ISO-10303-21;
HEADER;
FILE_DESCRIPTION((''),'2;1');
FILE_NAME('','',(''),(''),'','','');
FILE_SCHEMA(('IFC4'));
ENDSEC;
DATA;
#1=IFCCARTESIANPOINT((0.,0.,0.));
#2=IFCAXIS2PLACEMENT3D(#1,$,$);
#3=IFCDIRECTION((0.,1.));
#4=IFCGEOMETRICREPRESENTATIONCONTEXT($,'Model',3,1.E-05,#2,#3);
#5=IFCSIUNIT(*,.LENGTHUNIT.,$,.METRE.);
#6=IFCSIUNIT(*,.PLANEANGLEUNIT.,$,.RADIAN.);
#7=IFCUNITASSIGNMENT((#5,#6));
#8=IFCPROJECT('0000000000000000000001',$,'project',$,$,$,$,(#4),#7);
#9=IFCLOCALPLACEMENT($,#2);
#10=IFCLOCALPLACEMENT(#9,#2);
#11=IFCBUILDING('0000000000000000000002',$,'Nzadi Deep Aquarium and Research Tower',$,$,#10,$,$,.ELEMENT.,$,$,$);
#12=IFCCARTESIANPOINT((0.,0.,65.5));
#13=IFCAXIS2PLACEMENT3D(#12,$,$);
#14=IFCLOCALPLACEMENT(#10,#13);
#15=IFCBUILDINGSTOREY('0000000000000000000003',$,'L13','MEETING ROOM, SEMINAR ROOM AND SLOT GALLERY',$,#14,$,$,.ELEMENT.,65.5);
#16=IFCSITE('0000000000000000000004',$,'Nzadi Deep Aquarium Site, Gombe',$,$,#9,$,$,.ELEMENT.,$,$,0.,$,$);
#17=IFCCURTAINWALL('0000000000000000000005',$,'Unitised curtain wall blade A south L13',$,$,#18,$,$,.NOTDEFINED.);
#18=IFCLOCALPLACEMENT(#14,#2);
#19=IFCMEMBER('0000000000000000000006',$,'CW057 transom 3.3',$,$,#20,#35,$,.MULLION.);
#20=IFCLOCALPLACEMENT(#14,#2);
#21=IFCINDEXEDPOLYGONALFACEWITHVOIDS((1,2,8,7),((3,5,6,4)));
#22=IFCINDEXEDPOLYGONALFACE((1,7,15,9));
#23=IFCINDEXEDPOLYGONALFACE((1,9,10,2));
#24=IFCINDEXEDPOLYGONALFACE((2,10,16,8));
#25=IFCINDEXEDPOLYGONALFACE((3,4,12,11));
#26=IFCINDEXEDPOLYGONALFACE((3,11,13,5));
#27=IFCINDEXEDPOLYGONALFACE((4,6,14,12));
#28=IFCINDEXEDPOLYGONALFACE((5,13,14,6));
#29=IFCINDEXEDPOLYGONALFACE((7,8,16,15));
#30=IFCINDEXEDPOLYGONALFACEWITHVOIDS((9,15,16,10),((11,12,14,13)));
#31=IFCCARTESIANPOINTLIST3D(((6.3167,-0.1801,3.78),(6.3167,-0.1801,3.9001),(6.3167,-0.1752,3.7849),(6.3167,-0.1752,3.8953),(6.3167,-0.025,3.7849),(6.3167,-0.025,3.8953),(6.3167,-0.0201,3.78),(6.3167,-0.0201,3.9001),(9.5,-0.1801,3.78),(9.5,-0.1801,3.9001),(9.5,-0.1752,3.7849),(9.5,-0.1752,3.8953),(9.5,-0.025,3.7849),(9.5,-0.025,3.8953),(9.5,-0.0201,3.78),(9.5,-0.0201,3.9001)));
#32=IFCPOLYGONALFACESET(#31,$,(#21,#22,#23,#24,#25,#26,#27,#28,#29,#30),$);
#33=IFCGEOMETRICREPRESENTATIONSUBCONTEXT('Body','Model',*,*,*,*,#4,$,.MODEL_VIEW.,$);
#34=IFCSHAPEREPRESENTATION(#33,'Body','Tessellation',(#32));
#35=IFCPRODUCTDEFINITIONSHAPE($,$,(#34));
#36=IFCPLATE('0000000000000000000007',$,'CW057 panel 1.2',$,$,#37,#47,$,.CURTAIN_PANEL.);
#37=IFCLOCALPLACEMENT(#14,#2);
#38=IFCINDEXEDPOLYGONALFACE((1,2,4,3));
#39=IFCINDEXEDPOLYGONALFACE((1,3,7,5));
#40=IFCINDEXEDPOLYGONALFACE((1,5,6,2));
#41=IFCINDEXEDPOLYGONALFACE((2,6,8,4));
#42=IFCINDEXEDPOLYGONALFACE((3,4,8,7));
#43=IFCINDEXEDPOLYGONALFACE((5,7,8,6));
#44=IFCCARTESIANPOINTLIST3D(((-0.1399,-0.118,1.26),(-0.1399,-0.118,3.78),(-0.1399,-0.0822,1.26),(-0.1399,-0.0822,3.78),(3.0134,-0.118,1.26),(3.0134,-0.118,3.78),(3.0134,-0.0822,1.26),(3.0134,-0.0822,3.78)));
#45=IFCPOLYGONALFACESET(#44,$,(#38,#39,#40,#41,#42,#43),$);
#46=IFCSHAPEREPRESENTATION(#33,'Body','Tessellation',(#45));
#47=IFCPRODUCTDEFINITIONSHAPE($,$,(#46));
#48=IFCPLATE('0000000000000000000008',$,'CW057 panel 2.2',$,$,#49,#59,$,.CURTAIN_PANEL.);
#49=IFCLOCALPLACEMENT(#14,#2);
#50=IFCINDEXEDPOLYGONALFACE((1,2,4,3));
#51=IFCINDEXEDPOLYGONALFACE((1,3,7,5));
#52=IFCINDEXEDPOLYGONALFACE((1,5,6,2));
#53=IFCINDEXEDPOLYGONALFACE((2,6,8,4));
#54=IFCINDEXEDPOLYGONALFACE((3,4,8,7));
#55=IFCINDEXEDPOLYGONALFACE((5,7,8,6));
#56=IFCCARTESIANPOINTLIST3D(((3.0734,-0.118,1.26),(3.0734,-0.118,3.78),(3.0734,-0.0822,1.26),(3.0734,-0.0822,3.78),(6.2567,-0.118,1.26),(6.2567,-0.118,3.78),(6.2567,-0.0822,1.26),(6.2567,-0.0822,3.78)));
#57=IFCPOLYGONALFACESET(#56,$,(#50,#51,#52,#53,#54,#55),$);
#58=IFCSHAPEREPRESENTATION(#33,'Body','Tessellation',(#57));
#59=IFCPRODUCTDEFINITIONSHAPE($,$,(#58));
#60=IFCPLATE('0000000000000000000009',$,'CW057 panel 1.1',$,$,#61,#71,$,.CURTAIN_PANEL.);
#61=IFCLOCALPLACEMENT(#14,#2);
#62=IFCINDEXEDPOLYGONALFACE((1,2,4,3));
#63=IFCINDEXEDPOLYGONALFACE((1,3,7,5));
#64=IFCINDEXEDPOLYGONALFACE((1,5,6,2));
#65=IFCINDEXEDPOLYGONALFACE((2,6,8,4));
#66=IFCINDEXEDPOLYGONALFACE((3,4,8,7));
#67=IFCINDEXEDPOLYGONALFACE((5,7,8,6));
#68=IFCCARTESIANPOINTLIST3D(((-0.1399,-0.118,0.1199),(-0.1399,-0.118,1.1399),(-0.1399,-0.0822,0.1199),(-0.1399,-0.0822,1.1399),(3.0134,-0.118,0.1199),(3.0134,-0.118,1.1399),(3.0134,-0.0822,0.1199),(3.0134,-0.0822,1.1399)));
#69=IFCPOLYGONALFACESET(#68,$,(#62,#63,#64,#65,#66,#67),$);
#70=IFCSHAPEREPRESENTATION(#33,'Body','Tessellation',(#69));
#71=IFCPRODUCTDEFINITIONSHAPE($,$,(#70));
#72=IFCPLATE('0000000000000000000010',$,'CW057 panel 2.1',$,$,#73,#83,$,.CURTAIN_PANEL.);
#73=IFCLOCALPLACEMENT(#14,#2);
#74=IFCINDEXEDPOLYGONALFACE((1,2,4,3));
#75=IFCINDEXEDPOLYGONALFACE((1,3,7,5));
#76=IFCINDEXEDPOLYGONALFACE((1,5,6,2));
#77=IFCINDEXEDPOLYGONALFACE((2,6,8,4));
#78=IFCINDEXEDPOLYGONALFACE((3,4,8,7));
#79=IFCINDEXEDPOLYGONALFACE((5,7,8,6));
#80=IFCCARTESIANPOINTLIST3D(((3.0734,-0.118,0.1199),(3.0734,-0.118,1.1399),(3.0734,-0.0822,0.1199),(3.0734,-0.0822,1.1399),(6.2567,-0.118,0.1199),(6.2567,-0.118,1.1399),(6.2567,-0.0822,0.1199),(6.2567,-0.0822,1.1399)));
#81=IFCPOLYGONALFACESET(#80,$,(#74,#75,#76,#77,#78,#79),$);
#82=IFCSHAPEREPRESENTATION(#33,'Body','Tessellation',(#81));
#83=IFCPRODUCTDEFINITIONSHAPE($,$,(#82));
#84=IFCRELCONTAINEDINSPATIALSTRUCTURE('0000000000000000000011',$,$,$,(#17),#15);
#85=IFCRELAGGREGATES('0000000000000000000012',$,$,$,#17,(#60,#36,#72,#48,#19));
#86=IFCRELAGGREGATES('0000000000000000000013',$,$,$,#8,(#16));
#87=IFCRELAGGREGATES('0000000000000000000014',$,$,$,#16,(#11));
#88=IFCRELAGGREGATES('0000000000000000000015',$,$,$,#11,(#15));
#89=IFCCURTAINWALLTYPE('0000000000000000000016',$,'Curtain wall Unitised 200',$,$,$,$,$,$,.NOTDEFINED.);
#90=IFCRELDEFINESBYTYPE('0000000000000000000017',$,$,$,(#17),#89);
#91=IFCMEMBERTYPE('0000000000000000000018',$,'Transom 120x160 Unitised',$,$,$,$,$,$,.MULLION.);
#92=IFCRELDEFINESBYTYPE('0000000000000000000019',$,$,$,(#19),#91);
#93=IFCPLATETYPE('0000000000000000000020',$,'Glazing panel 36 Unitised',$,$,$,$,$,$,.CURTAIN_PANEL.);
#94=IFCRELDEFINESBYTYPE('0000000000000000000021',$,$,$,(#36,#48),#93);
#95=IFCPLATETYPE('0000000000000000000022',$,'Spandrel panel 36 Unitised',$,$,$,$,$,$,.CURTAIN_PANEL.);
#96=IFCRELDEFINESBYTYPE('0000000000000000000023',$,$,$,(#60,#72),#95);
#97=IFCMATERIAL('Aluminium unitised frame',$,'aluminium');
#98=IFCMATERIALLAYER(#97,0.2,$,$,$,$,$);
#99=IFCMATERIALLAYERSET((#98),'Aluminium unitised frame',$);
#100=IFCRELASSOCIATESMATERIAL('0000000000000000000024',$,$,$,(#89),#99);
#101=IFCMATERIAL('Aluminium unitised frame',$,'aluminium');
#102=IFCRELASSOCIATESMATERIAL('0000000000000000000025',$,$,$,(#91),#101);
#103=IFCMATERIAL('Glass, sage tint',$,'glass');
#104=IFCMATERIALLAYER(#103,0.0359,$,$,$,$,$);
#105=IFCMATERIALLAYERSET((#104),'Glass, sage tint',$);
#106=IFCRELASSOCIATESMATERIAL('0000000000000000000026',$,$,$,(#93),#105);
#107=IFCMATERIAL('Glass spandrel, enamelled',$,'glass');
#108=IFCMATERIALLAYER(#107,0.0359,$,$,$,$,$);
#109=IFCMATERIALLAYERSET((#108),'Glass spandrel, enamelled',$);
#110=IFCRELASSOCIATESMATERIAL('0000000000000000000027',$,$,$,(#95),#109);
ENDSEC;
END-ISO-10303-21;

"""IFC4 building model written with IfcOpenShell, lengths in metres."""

from ifc_helpers import new_model, si_unit, direction, frame, origin, origin_2d, place, context, subcontext, project, spatial, rectangle, hollow_rectangle, extrude, material, layer, layer_set, material_profile, profile_set, type_object, element, aggregate, save


model = new_model("IFC4")

# Units and contexts
model_context = context("Model", 3, precision=1e-05, world=origin(), true_north=direction((0.0, 1.0)))
body_context = subcontext(model_context, "Body", "Model", "MODEL_VIEW")
ifc_project = project(units=[si_unit("LENGTHUNIT", "METRE"), si_unit("PLANEANGLEUNIT", "RADIAN")], contexts=[model_context])

# Site, building, storey
site_placement = place(None, origin())
site = spatial("IfcSite", under=ifc_project, at=site_placement, Name="Nzadi Deep Aquarium Site, Gombe", CompositionType="ELEMENT", RefElevation=0.0)
building_placement = place(site_placement, origin())
building = spatial("IfcBuilding", under=site, at=building_placement, Name="Nzadi Deep Aquarium and Research Tower", CompositionType="ELEMENT")
storey_placement = place(building_placement, frame((0.0, 0.0, 65.5)))
storey = spatial("IfcBuildingStorey", under=building, at=storey_placement, Name="L13", Description="MEETING ROOM, SEMINAR ROOM AND SLOT GALLERY", CompositionType="ELEMENT", Elevation=65.5)

# Curtain wall, member, plates
ifc_material_1 = material(Name="Aluminium unitised frame", Category="aluminium")
ifc_layer_1 = layer(ifc_material_1, 0.2)
ifc_layer_set_1 = layer_set([ifc_layer_1], Name="Aluminium unitised frame")
curtain_wall_type = type_object("IfcCurtainWallType", Name="Curtain wall Unitised 200", PredefinedType="NOTDEFINED", material=ifc_layer_set_1)
curtain_wall_placement = place(storey_placement, origin())
curtain_wall = element("IfcCurtainWall", 1, at=curtain_wall_placement, inside=storey, type_object=curtain_wall_type, Name="Unitised curtain wall blade A south L13", PredefinedType="NOTDEFINED")
ifc_material_2 = material(Name="Aluminium unitised frame", Category="aluminium")
ifc_material_profile_1 = material_profile(ifc_material_2, hollow_rectangle(XDim=0.1599, YDim=0.1201, WallThickness=0.0049, at=origin_2d()))
ifc_profile_set_1 = profile_set([ifc_material_profile_1], Name="Aluminium unitised frame")
member_type_1 = type_object("IfcMemberType", Name="Transom 120x160 Unitised", PredefinedType="MULLION", material=ifc_profile_set_1)
member_1_placement = place(storey_placement, frame((6.3167, -0.1001, 3.8401), z_axis=(1.0, 0.0, 0.0), x_axis=(0.0, 1.0, 0.0)))
member_1 = element("IfcMember", 2, at=member_1_placement, type_object=member_type_1, Name="CW057 transom 3.3", PredefinedType="MULLION", context=body_context, shape_type="SweptSolid", body=[
    extrude(hollow_rectangle(XDim=0.1599, YDim=0.1201, WallThickness=0.0049, at=origin_2d()), origin(), (0.0, 0.0, 1.0), 3.1833),
])
ifc_material_3 = material(Name="Glass, sage tint", Category="glass")
ifc_layer_2 = layer(ifc_material_3, 0.0359)
ifc_layer_set_2 = layer_set([ifc_layer_2], Name="Glass, sage tint")
plate_type_1 = type_object("IfcPlateType", Name="Glazing panel 36 Unitised", PredefinedType="CURTAIN_PANEL", material=ifc_layer_set_2)
plate_1_placement = place(storey_placement, frame((1.4368, -0.1001, 1.26), z_axis=(0.0, 0.0, 1.0), x_axis=(1.0, 0.0, 0.0)))
plate_1 = element("IfcPlate", 3, at=plate_1_placement, type_object=plate_type_1, Name="CW057 panel 1.2", PredefinedType="CURTAIN_PANEL", context=body_context, shape_type="SweptSolid", body=[
    extrude(rectangle(XDim=3.1533, YDim=0.0359, at=origin_2d()), origin(), (0.0, 0.0, 1.0), 2.52),
])
plate_2_placement = place(storey_placement, frame((4.665, -0.1001, 1.26), z_axis=(0.0, 0.0, 1.0), x_axis=(1.0, 0.0, 0.0)))
plate_2 = element("IfcPlate", 4, at=plate_2_placement, type_object=plate_type_1, Name="CW057 panel 2.2", PredefinedType="CURTAIN_PANEL", context=body_context, shape_type="SweptSolid", body=[
    extrude(rectangle(XDim=3.1833, YDim=0.0359, at=origin_2d()), origin(), (0.0, 0.0, 1.0), 2.52),
])
ifc_material_4 = material(Name="Glass spandrel, enamelled", Category="glass")
ifc_layer_3 = layer(ifc_material_4, 0.0359)
ifc_layer_set_3 = layer_set([ifc_layer_3], Name="Glass spandrel, enamelled")
plate_type_2 = type_object("IfcPlateType", Name="Spandrel panel 36 Unitised", PredefinedType="CURTAIN_PANEL", material=ifc_layer_set_3)
plate_3_placement = place(storey_placement, frame((1.4368, -0.1001, 0.1199), z_axis=(0.0, 0.0, 1.0), x_axis=(1.0, 0.0, 0.0)))
plate_3 = element("IfcPlate", 5, at=plate_3_placement, type_object=plate_type_2, Name="CW057 panel 1.1", PredefinedType="CURTAIN_PANEL", context=body_context, shape_type="SweptSolid", body=[
    extrude(rectangle(XDim=3.1533, YDim=0.0359, at=origin_2d()), origin(), (0.0, 0.0, 1.0), 1.02),
])
plate_4_placement = place(storey_placement, frame((4.665, -0.1001, 0.1199), z_axis=(0.0, 0.0, 1.0), x_axis=(1.0, 0.0, 0.0)))
plate_4 = element("IfcPlate", 6, at=plate_4_placement, type_object=plate_type_2, Name="CW057 panel 2.1", PredefinedType="CURTAIN_PANEL", context=body_context, shape_type="SweptSolid", body=[
    extrude(rectangle(XDim=3.1833, YDim=0.0359, at=origin_2d()), origin(), (0.0, 0.0, 1.0), 1.02),
])
aggregate(curtain_wall, [plate_3, plate_1, plate_4, plate_2, member_1])

save(model, "model.ifc")
